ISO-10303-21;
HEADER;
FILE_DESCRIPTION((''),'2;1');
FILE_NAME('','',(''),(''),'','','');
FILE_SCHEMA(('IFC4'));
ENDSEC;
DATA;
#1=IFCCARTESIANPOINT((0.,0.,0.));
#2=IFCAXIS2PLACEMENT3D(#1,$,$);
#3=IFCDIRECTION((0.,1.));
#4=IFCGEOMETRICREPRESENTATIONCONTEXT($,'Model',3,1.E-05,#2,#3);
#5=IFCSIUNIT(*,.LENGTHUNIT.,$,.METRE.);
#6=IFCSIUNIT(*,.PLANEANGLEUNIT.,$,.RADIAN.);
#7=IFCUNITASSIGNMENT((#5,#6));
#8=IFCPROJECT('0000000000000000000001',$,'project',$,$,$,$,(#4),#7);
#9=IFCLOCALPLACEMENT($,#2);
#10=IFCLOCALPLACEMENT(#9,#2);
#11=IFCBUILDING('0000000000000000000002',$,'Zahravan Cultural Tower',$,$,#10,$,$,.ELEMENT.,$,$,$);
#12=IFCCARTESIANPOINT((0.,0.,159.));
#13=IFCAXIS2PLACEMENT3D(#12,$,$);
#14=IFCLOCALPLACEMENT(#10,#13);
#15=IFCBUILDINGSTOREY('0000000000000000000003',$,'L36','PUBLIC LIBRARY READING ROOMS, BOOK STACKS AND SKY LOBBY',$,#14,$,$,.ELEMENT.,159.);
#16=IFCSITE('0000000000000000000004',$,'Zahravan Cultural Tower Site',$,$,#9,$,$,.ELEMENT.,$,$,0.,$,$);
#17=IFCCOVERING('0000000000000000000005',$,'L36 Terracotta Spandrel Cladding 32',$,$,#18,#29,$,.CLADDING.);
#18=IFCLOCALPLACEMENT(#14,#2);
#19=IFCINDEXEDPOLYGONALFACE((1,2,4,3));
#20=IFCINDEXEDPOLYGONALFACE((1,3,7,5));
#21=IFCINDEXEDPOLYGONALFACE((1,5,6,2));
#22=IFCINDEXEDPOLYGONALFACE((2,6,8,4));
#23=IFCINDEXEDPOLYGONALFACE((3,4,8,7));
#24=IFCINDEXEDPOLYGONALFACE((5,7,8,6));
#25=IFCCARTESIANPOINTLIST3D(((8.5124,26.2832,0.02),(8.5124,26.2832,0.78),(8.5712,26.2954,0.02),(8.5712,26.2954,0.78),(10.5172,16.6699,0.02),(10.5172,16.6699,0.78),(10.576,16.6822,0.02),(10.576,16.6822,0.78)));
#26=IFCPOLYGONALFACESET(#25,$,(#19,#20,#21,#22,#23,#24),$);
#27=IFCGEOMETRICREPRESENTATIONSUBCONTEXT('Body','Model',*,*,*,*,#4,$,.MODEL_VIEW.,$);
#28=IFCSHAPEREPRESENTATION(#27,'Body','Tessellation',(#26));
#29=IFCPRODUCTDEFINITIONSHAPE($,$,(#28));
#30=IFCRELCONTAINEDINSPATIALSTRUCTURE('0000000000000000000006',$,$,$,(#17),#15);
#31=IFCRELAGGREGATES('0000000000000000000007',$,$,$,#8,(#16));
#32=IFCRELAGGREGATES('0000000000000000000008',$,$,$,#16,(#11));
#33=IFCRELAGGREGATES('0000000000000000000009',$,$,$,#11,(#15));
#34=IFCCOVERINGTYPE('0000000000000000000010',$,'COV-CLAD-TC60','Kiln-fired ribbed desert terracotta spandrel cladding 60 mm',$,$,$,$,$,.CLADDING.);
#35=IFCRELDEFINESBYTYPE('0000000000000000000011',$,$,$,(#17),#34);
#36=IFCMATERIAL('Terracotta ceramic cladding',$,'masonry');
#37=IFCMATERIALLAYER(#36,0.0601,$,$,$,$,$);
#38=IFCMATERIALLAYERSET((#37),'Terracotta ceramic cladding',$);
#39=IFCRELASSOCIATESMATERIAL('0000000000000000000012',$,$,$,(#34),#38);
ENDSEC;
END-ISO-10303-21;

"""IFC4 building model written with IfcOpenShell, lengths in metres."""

from ifc_helpers import new_model, si_unit, direction, frame, origin, origin_2d, place, context, subcontext, project, spatial, rectangle, extrude, source, transform, mapped, material, layer, layer_set, type_object, element, save


model = new_model("IFC4")

# Units and contexts
model_context = context("Model", 3, precision=1e-05, world=origin(), true_north=direction((0.0, 1.0)))
body_context = subcontext(model_context, "Body", "Model", "MODEL_VIEW")
ifc_project = project(units=[si_unit("LENGTHUNIT", "METRE"), si_unit("PLANEANGLEUNIT", "RADIAN")], contexts=[model_context])

# Site, building, storey
site_placement = place(None, origin())
site = spatial("IfcSite", under=ifc_project, at=site_placement, Name="Zahravan Cultural Tower Site", CompositionType="ELEMENT", RefElevation=0.0)
building_placement = place(site_placement, origin())
building = spatial("IfcBuilding", under=site, at=building_placement, Name="Zahravan Cultural Tower", CompositionType="ELEMENT")
storey_placement = place(building_placement, frame((0.0, 0.0, 159.0)))
storey = spatial("IfcBuildingStorey", under=building, at=storey_placement, Name="L36", Description="PUBLIC LIBRARY READING ROOMS, BOOK STACKS AND SKY LOBBY", CompositionType="ELEMENT", Elevation=159.0)

# Covering
ifc_material_1 = material(Name="Terracotta ceramic cladding", Category="masonry")
ifc_layer_1 = layer(ifc_material_1, 0.0601)
ifc_layer_set_1 = layer_set([ifc_layer_1], Name="Terracotta ceramic cladding")
covering_type = type_object("IfcCoveringType", Name="COV-CLAD-TC60", Description="Kiln-fired ribbed desert terracotta spandrel cladding 60 mm", PredefinedType="CLADDING", material=ifc_layer_set_1)
shared_shape_1 = source(origin(), body_context, "Body", "SweptSolid", [
    extrude(rectangle(XDim=9.8201, YDim=0.0601, at=origin_2d()), origin(), (0.0, 0.0, 1.0), 0.76),
])
covering_placement = place(storey_placement, frame((9.5442, 21.4827, 0.02), z_axis=(0.0, 0.0, 1.0), x_axis=(-0.204154, 0.978939, 0.0)))
element("IfcCovering", 1, at=covering_placement, inside=storey, type_object=covering_type, Name="L36 Terracotta Spandrel Cladding 32", PredefinedType="CLADDING", context=body_context, shape_type="MappedRepresentation", body=[
    mapped(shared_shape_1, transform((0.0, 0.0, 0.0), x_axis=(1.0, 0.0, 0.0), y_axis=(0.0, 1.0, 0.0), z_axis=(0.0, 0.0, 1.0), scale=1.0)),
])

save(model, "model.ifc")
